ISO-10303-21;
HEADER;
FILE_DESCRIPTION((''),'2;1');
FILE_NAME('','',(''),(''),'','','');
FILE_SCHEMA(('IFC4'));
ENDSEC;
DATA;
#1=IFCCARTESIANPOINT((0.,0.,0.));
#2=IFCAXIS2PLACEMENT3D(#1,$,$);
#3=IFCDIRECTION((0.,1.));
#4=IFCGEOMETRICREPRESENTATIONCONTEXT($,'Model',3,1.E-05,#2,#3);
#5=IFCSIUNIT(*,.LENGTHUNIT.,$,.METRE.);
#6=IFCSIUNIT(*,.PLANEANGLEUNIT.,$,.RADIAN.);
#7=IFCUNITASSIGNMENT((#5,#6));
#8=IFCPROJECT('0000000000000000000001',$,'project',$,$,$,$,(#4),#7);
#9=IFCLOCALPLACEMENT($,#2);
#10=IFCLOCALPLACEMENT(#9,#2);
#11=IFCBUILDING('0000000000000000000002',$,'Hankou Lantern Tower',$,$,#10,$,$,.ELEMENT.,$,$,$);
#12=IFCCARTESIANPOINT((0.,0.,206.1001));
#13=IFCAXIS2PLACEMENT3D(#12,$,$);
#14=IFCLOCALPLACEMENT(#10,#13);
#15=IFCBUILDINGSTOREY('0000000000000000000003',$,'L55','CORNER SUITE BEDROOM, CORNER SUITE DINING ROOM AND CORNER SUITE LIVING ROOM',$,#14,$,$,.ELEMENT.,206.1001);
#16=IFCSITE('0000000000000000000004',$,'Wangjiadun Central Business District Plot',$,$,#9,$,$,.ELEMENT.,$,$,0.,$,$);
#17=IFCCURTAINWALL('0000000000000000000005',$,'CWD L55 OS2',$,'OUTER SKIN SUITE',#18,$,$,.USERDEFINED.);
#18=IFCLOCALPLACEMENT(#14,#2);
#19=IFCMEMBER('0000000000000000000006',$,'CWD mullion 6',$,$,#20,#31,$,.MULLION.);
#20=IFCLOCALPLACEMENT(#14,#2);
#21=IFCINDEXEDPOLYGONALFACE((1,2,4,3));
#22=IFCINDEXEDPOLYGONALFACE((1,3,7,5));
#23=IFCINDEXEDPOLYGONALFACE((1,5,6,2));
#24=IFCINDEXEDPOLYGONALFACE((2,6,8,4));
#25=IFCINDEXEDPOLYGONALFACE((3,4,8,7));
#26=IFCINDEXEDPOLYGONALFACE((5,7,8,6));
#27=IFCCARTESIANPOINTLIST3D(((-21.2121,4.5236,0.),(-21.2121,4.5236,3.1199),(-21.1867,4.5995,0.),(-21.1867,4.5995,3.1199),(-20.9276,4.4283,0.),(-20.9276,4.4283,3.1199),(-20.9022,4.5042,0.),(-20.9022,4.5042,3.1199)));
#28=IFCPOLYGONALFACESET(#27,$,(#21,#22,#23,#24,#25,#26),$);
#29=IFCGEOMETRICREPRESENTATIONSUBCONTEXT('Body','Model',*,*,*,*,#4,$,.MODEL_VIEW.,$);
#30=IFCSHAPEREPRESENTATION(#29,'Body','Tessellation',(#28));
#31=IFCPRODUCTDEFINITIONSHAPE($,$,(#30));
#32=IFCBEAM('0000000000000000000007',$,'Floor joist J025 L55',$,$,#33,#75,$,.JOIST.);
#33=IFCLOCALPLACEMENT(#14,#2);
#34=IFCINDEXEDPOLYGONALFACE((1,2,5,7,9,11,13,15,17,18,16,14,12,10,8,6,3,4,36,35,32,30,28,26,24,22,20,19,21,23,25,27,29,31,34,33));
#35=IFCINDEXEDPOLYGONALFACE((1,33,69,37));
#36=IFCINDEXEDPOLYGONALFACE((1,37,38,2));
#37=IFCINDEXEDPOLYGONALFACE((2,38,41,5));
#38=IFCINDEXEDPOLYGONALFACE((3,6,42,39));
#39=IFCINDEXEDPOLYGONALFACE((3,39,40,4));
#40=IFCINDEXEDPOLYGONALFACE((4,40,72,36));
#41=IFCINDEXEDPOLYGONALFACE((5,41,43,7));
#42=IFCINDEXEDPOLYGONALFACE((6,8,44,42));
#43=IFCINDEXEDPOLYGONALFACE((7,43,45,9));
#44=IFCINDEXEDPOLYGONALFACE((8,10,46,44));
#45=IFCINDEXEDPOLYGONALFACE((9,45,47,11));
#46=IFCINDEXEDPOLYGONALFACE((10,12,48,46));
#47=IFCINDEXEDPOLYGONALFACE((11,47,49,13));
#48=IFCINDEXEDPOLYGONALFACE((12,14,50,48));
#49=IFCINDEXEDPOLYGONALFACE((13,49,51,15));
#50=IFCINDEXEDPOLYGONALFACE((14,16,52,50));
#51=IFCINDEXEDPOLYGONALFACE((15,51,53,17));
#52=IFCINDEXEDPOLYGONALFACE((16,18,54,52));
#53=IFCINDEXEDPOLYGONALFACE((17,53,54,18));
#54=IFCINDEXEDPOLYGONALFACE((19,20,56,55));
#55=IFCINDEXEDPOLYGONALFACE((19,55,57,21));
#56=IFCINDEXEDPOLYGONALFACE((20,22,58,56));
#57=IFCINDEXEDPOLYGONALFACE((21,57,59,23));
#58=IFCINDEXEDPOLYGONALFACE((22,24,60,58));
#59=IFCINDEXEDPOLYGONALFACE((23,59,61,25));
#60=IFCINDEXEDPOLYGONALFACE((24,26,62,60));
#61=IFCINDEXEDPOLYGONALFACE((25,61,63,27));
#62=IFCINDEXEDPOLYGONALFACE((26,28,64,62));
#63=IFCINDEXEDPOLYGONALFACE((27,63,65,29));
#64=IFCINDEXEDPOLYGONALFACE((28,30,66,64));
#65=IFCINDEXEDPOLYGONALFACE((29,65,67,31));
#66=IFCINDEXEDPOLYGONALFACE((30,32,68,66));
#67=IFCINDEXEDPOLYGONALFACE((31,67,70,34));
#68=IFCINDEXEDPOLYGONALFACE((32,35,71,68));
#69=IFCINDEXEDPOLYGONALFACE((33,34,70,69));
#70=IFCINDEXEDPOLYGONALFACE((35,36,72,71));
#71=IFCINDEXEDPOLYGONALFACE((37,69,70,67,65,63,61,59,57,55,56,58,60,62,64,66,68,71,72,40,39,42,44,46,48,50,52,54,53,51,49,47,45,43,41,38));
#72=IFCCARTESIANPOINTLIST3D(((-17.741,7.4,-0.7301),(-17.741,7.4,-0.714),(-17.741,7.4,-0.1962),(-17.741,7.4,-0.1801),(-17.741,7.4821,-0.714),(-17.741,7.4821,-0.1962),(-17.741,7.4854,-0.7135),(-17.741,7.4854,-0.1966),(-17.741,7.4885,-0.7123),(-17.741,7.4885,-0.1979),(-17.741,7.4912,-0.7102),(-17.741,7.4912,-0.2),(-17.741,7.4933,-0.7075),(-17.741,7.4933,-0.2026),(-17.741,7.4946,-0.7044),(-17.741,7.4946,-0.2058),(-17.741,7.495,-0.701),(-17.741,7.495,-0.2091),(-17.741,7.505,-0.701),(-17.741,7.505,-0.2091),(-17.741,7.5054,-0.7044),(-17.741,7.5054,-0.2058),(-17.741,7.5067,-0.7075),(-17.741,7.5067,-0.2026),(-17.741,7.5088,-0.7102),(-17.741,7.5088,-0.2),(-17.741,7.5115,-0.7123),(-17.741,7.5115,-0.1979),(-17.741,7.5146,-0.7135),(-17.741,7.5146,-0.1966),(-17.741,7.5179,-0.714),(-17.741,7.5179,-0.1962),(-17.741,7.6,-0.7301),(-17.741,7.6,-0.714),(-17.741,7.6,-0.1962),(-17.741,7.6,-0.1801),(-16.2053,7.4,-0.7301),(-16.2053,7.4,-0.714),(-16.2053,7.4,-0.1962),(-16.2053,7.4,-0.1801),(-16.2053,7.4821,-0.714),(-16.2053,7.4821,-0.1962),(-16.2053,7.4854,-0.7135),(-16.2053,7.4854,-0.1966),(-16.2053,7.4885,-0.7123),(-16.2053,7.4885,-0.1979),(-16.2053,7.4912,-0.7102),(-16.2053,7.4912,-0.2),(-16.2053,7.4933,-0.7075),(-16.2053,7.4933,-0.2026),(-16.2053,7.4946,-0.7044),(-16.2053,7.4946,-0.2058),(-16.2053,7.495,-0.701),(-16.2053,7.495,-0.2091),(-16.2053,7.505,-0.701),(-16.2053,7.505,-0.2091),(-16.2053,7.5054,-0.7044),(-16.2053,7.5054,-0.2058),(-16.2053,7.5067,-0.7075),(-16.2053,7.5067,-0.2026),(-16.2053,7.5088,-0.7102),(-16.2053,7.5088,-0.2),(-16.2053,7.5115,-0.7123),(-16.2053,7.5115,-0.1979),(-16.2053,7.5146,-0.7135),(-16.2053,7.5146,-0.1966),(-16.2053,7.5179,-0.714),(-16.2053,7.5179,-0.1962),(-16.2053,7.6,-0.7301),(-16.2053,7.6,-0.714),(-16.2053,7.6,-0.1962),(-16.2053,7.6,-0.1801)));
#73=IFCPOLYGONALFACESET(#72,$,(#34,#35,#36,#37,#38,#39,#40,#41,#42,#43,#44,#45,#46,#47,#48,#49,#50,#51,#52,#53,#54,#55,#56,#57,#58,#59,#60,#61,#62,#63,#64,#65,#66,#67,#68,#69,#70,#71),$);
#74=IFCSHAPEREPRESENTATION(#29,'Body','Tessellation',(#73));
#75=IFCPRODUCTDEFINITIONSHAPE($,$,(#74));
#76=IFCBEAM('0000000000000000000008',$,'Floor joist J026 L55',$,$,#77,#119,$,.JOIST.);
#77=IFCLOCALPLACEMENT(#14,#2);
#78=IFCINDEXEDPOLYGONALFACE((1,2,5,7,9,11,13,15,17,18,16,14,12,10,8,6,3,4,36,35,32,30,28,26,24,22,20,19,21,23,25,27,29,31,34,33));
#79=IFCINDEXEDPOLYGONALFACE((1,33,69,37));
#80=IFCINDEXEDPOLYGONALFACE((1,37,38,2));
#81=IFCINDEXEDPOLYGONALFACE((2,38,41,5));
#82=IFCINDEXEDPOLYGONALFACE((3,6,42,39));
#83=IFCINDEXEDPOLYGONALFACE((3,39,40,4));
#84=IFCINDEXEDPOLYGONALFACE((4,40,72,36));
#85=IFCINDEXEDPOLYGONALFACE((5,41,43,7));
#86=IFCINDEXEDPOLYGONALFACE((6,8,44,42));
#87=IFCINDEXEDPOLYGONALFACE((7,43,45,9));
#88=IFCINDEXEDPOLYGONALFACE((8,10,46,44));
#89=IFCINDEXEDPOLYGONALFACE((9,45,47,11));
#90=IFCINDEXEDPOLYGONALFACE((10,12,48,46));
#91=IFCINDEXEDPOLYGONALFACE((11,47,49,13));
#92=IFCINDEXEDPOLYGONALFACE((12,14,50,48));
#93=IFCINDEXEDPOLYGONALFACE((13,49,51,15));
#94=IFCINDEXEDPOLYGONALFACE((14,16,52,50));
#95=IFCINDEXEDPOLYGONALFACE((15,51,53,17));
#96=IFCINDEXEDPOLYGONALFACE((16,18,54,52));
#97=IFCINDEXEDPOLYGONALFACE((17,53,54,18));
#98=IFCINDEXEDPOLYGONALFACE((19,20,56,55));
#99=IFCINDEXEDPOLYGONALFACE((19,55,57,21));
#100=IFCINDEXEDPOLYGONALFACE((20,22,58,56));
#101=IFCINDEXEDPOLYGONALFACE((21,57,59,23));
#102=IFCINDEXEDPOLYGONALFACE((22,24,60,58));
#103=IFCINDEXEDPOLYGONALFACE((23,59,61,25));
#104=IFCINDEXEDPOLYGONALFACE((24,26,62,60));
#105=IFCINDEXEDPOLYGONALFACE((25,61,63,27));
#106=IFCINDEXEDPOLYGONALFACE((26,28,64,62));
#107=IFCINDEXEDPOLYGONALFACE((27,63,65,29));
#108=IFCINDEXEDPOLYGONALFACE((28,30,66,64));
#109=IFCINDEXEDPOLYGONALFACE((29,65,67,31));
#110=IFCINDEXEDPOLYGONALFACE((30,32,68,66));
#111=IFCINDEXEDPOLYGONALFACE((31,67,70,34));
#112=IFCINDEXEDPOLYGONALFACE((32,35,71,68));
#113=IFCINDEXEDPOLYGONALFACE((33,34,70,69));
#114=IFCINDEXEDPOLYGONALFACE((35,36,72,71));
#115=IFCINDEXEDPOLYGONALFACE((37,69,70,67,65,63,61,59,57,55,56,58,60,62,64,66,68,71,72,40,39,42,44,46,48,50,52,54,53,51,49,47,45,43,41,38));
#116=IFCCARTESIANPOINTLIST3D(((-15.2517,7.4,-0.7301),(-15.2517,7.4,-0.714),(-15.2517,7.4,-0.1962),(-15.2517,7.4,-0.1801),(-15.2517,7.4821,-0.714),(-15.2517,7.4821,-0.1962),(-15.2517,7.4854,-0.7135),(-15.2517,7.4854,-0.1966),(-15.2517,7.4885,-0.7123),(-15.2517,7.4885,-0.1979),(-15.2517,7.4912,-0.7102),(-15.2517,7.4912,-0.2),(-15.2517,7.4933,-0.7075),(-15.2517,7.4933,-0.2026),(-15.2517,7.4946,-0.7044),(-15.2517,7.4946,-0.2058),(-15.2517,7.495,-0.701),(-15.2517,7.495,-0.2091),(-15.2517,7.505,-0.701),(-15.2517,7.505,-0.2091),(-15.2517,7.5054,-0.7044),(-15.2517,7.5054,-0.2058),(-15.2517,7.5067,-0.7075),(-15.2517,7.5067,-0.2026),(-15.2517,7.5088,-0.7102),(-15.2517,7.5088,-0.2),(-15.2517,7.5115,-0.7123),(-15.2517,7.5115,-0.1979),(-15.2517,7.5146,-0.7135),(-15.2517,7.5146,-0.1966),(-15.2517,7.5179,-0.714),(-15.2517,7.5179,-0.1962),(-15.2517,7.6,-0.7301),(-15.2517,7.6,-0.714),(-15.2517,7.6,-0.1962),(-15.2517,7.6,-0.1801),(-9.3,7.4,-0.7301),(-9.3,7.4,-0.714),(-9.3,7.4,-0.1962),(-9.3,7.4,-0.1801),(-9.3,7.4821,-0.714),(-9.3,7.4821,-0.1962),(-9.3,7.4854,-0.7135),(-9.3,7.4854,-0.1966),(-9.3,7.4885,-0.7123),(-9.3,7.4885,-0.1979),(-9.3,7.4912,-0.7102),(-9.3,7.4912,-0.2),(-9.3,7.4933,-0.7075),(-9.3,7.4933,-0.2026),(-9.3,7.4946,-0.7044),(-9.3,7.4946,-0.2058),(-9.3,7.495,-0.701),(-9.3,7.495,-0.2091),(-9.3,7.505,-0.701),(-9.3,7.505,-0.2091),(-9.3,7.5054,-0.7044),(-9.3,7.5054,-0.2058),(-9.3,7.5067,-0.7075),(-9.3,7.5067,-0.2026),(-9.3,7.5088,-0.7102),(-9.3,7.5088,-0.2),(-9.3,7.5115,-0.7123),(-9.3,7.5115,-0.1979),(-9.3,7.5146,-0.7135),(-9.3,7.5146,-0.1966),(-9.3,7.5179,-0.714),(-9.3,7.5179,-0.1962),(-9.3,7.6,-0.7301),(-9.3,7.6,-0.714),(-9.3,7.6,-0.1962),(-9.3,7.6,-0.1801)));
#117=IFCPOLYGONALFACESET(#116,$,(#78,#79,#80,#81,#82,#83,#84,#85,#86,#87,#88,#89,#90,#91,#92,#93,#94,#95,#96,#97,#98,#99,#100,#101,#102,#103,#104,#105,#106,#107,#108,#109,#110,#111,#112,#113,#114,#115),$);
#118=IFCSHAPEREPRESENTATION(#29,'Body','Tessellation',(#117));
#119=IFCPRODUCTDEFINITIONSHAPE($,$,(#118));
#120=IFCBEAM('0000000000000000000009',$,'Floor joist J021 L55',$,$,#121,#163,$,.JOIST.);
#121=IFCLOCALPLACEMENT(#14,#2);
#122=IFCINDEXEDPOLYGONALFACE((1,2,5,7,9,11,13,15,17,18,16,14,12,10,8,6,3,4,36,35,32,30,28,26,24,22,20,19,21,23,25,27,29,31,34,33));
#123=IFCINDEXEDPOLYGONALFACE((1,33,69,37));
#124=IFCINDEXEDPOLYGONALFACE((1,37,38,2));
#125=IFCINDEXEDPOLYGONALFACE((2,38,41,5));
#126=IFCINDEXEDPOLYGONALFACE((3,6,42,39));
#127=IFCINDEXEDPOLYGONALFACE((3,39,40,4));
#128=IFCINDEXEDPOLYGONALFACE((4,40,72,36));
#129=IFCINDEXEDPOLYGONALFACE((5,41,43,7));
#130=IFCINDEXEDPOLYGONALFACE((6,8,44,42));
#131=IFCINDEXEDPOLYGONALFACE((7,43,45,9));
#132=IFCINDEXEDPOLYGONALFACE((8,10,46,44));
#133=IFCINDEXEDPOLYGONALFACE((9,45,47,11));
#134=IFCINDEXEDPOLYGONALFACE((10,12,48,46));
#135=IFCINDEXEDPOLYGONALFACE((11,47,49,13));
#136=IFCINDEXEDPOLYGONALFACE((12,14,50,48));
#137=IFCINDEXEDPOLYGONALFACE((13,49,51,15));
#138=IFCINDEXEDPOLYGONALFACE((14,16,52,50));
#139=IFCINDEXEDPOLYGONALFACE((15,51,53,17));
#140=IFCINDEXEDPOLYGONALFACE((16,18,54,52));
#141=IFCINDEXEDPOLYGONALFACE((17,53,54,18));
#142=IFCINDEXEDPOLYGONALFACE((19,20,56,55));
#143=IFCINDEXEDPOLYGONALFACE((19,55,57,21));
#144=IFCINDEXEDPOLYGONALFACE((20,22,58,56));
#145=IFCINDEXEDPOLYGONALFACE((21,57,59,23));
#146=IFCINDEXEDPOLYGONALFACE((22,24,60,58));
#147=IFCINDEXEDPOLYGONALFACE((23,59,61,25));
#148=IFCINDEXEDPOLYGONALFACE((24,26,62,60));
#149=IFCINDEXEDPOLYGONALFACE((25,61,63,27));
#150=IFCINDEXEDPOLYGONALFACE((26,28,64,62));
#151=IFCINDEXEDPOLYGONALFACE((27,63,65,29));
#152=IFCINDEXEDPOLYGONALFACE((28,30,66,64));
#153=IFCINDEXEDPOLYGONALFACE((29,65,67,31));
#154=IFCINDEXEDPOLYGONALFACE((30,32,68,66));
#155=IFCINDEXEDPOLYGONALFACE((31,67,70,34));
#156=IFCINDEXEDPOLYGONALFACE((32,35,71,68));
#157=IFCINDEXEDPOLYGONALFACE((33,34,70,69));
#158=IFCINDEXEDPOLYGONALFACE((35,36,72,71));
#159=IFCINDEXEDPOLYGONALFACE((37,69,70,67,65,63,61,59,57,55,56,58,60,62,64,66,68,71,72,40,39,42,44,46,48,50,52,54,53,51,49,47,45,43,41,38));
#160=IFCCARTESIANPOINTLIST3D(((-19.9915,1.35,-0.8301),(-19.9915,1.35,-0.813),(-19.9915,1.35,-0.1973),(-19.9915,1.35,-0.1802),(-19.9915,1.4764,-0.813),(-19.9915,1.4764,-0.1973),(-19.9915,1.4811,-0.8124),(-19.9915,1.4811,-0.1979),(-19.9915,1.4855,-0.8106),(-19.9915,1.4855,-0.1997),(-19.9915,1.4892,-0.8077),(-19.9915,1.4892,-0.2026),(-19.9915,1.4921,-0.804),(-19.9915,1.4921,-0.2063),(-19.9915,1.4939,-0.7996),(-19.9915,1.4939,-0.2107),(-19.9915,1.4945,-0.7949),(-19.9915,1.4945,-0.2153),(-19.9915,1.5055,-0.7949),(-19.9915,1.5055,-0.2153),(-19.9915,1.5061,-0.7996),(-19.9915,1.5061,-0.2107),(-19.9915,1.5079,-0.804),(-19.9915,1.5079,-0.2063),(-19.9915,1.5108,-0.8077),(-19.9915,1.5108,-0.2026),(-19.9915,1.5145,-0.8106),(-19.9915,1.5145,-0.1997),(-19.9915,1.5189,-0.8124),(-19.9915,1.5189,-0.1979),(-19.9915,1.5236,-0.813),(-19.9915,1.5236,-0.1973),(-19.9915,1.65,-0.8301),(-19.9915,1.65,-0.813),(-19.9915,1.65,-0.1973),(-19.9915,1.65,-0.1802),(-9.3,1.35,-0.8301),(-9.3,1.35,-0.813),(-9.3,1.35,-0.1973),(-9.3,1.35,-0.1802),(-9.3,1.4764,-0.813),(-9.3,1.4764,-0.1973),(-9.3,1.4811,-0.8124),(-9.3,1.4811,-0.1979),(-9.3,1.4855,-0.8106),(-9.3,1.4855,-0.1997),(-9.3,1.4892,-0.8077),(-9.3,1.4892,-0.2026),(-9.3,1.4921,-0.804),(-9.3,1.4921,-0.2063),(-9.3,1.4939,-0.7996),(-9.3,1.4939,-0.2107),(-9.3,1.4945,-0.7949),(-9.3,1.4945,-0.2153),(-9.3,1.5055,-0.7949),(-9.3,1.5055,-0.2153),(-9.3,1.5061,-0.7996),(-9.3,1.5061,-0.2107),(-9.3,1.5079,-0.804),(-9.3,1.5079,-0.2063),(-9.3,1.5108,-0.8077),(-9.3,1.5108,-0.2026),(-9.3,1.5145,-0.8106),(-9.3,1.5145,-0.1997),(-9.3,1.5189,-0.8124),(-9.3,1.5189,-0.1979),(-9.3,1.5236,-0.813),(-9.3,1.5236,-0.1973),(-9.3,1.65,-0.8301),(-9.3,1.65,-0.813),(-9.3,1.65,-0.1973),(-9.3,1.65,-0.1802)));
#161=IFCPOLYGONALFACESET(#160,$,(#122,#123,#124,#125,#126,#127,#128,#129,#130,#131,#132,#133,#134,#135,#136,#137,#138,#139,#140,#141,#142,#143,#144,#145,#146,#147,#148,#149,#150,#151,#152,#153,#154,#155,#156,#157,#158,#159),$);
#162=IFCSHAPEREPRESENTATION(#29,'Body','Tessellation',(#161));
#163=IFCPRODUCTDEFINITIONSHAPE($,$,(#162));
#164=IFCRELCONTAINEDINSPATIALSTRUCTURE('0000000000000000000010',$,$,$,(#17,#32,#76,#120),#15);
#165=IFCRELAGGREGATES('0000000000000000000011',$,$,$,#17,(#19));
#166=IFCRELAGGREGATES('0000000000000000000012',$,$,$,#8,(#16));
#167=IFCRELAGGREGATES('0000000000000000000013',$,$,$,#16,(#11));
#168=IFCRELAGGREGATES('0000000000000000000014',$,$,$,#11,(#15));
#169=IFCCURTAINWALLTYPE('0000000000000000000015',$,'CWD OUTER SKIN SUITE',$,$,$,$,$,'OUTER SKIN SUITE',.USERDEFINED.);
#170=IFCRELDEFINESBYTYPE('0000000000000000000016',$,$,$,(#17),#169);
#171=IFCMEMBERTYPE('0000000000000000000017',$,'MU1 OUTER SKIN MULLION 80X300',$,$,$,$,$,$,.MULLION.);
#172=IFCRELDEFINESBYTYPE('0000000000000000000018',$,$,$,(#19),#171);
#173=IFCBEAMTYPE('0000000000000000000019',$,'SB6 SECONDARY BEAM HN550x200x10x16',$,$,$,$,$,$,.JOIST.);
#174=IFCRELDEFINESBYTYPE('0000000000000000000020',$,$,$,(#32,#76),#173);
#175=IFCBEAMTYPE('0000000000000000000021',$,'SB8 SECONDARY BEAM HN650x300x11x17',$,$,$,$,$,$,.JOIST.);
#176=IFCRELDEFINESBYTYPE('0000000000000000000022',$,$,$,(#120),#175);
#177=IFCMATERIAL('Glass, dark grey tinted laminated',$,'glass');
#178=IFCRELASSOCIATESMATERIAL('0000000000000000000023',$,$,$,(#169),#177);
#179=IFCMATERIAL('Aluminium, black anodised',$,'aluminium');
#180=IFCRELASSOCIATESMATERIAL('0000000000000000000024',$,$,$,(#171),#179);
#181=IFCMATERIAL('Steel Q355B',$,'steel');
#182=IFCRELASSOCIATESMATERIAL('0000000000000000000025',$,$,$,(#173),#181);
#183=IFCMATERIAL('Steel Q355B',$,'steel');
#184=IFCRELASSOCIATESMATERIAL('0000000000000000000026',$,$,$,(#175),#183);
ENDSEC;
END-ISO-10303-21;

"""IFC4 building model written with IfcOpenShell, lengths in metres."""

from ifc_helpers import new_model, si_unit, direction, frame, origin, origin_2d, place, context, subcontext, project, spatial, rectangle, i_section, extrude, material, material_profile, profile_set, type_object, element, aggregate, save


model = new_model("IFC4")

# Units and contexts
model_context = context("Model", 3, precision=1e-05, world=origin(), true_north=direction((0.0, 1.0)))
body_context = subcontext(model_context, "Body", "Model", "MODEL_VIEW")
ifc_project = project(units=[si_unit("LENGTHUNIT", "METRE"), si_unit("PLANEANGLEUNIT", "RADIAN")], contexts=[model_context])

# Site, building, storey
site_placement = place(None, origin())
site = spatial("IfcSite", under=ifc_project, at=site_placement, Name="Wangjiadun Central Business District Plot", CompositionType="ELEMENT", RefElevation=0.0)
building_placement = place(site_placement, origin())
building = spatial("IfcBuilding", under=site, at=building_placement, Name="Hankou Lantern Tower", CompositionType="ELEMENT")
storey_placement = place(building_placement, frame((0.0, 0.0, 206.1001)))
storey = spatial("IfcBuildingStorey", under=building, at=storey_placement, Name="L55", Description="CORNER SUITE BEDROOM, CORNER SUITE DINING ROOM AND CORNER SUITE LIVING ROOM", CompositionType="ELEMENT", Elevation=206.1001)

# Curtain wall, member
ifc_material_1 = material(Name="Glass, dark grey tinted laminated", Category="glass")
curtain_wall_type = type_object("IfcCurtainWallType", Name="CWD OUTER SKIN SUITE", ElementType="OUTER SKIN SUITE", PredefinedType="USERDEFINED", material=ifc_material_1)
curtain_wall_placement = place(storey_placement, origin())
curtain_wall = element("IfcCurtainWall", 1, at=curtain_wall_placement, inside=storey, type_object=curtain_wall_type, Name="CWD L55 OS2", ObjectType="OUTER SKIN SUITE", PredefinedType="USERDEFINED")
ifc_material_2 = material(Name="Aluminium, black anodised", Category="aluminium")
ifc_material_profile_1 = material_profile(ifc_material_2, rectangle(XDim=0.0801, YDim=0.3, at=origin_2d()), Name="MU1 80X300")
ifc_profile_set_1 = profile_set([ifc_material_profile_1], Name="Aluminium, black anodised")
member_type_1 = type_object("IfcMemberType", Name="MU1 OUTER SKIN MULLION 80X300", PredefinedType="MULLION", material=ifc_profile_set_1)
member_1_placement = place(storey_placement, frame((-21.0571, 4.5139, 0.0), z_axis=(0.0, 0.0, 1.0), x_axis=(-0.317596, -0.948226, 0.0)))
member_1 = element("IfcMember", 2, at=member_1_placement, type_object=member_type_1, Name="CWD mullion 6", PredefinedType="MULLION", context=body_context, shape_type="SweptSolid", body=[
    extrude(rectangle(XDim=0.0801, YDim=0.3, at=origin_2d()), origin(), (0.0, 0.0, 1.0), 3.1199),
])

# Beams
ifc_material_3 = material(Name="Steel Q355B", Category="steel")
ifc_material_profile_2 = material_profile(ifc_material_3, i_section(OverallWidth=0.2, OverallDepth=0.55, WebThickness=0.01, FlangeThickness=0.0161, FilletRadius=0.0129, at=origin_2d()), Name="HN550x200x10x16")
ifc_profile_set_2 = profile_set([ifc_material_profile_2], Name="Steel Q355B")
beam_type_1 = type_object("IfcBeamType", Name="SB6 SECONDARY BEAM HN550x200x10x16", PredefinedType="JOIST", material=ifc_profile_set_2)
beam_1_placement = place(storey_placement, frame((-17.741, 7.5, -0.4551), z_axis=(1.0, 0.0, 0.0), x_axis=(0.0, 1.0, 0.0)))
element("IfcBeam", 3, at=beam_1_placement, inside=storey, type_object=beam_type_1, Name="Floor joist J025 L55", PredefinedType="JOIST", context=body_context, shape_type="SweptSolid", body=[
    extrude(i_section(OverallWidth=0.2, OverallDepth=0.55, WebThickness=0.01, FlangeThickness=0.0161, FilletRadius=0.0129, at=origin_2d()), origin(), (0.0, 0.0, 1.0), 1.5356),
])
beam_2_placement = place(storey_placement, frame((-15.2517, 7.5, -0.4551), z_axis=(1.0, 0.0, 0.0), x_axis=(0.0, 1.0, 0.0)))
element("IfcBeam", 4, at=beam_2_placement, inside=storey, type_object=beam_type_1, Name="Floor joist J026 L55", PredefinedType="JOIST", context=body_context, shape_type="SweptSolid", body=[
    extrude(i_section(OverallWidth=0.2, OverallDepth=0.55, WebThickness=0.01, FlangeThickness=0.0161, FilletRadius=0.0129, at=origin_2d()), origin(), (0.0, 0.0, 1.0), 5.9517),
])
ifc_material_4 = material(Name="Steel Q355B", Category="steel")
ifc_material_profile_3 = material_profile(ifc_material_4, i_section(OverallWidth=0.3, OverallDepth=0.6499, WebThickness=0.011, FlangeThickness=0.0171, FilletRadius=0.0181, at=origin_2d()), Name="HN650x300x11x17")
ifc_profile_set_3 = profile_set([ifc_material_profile_3], Name="Steel Q355B")
beam_type_2 = type_object("IfcBeamType", Name="SB8 SECONDARY BEAM HN650x300x11x17", PredefinedType="JOIST", material=ifc_profile_set_3)
beam_3_placement = place(storey_placement, frame((-19.9915, 1.5, -0.5051), z_axis=(1.0, 0.0, 0.0), x_axis=(0.0, 1.0, 0.0)))
element("IfcBeam", 5, at=beam_3_placement, inside=storey, type_object=beam_type_2, Name="Floor joist J021 L55", PredefinedType="JOIST", context=body_context, shape_type="SweptSolid", body=[
    extrude(i_section(OverallWidth=0.3, OverallDepth=0.6499, WebThickness=0.011, FlangeThickness=0.0171, FilletRadius=0.0181, at=origin_2d()), origin(), (0.0, 0.0, 1.0), 10.6914),
])

aggregate(curtain_wall, [member_1])

save(model, "model.ifc")
